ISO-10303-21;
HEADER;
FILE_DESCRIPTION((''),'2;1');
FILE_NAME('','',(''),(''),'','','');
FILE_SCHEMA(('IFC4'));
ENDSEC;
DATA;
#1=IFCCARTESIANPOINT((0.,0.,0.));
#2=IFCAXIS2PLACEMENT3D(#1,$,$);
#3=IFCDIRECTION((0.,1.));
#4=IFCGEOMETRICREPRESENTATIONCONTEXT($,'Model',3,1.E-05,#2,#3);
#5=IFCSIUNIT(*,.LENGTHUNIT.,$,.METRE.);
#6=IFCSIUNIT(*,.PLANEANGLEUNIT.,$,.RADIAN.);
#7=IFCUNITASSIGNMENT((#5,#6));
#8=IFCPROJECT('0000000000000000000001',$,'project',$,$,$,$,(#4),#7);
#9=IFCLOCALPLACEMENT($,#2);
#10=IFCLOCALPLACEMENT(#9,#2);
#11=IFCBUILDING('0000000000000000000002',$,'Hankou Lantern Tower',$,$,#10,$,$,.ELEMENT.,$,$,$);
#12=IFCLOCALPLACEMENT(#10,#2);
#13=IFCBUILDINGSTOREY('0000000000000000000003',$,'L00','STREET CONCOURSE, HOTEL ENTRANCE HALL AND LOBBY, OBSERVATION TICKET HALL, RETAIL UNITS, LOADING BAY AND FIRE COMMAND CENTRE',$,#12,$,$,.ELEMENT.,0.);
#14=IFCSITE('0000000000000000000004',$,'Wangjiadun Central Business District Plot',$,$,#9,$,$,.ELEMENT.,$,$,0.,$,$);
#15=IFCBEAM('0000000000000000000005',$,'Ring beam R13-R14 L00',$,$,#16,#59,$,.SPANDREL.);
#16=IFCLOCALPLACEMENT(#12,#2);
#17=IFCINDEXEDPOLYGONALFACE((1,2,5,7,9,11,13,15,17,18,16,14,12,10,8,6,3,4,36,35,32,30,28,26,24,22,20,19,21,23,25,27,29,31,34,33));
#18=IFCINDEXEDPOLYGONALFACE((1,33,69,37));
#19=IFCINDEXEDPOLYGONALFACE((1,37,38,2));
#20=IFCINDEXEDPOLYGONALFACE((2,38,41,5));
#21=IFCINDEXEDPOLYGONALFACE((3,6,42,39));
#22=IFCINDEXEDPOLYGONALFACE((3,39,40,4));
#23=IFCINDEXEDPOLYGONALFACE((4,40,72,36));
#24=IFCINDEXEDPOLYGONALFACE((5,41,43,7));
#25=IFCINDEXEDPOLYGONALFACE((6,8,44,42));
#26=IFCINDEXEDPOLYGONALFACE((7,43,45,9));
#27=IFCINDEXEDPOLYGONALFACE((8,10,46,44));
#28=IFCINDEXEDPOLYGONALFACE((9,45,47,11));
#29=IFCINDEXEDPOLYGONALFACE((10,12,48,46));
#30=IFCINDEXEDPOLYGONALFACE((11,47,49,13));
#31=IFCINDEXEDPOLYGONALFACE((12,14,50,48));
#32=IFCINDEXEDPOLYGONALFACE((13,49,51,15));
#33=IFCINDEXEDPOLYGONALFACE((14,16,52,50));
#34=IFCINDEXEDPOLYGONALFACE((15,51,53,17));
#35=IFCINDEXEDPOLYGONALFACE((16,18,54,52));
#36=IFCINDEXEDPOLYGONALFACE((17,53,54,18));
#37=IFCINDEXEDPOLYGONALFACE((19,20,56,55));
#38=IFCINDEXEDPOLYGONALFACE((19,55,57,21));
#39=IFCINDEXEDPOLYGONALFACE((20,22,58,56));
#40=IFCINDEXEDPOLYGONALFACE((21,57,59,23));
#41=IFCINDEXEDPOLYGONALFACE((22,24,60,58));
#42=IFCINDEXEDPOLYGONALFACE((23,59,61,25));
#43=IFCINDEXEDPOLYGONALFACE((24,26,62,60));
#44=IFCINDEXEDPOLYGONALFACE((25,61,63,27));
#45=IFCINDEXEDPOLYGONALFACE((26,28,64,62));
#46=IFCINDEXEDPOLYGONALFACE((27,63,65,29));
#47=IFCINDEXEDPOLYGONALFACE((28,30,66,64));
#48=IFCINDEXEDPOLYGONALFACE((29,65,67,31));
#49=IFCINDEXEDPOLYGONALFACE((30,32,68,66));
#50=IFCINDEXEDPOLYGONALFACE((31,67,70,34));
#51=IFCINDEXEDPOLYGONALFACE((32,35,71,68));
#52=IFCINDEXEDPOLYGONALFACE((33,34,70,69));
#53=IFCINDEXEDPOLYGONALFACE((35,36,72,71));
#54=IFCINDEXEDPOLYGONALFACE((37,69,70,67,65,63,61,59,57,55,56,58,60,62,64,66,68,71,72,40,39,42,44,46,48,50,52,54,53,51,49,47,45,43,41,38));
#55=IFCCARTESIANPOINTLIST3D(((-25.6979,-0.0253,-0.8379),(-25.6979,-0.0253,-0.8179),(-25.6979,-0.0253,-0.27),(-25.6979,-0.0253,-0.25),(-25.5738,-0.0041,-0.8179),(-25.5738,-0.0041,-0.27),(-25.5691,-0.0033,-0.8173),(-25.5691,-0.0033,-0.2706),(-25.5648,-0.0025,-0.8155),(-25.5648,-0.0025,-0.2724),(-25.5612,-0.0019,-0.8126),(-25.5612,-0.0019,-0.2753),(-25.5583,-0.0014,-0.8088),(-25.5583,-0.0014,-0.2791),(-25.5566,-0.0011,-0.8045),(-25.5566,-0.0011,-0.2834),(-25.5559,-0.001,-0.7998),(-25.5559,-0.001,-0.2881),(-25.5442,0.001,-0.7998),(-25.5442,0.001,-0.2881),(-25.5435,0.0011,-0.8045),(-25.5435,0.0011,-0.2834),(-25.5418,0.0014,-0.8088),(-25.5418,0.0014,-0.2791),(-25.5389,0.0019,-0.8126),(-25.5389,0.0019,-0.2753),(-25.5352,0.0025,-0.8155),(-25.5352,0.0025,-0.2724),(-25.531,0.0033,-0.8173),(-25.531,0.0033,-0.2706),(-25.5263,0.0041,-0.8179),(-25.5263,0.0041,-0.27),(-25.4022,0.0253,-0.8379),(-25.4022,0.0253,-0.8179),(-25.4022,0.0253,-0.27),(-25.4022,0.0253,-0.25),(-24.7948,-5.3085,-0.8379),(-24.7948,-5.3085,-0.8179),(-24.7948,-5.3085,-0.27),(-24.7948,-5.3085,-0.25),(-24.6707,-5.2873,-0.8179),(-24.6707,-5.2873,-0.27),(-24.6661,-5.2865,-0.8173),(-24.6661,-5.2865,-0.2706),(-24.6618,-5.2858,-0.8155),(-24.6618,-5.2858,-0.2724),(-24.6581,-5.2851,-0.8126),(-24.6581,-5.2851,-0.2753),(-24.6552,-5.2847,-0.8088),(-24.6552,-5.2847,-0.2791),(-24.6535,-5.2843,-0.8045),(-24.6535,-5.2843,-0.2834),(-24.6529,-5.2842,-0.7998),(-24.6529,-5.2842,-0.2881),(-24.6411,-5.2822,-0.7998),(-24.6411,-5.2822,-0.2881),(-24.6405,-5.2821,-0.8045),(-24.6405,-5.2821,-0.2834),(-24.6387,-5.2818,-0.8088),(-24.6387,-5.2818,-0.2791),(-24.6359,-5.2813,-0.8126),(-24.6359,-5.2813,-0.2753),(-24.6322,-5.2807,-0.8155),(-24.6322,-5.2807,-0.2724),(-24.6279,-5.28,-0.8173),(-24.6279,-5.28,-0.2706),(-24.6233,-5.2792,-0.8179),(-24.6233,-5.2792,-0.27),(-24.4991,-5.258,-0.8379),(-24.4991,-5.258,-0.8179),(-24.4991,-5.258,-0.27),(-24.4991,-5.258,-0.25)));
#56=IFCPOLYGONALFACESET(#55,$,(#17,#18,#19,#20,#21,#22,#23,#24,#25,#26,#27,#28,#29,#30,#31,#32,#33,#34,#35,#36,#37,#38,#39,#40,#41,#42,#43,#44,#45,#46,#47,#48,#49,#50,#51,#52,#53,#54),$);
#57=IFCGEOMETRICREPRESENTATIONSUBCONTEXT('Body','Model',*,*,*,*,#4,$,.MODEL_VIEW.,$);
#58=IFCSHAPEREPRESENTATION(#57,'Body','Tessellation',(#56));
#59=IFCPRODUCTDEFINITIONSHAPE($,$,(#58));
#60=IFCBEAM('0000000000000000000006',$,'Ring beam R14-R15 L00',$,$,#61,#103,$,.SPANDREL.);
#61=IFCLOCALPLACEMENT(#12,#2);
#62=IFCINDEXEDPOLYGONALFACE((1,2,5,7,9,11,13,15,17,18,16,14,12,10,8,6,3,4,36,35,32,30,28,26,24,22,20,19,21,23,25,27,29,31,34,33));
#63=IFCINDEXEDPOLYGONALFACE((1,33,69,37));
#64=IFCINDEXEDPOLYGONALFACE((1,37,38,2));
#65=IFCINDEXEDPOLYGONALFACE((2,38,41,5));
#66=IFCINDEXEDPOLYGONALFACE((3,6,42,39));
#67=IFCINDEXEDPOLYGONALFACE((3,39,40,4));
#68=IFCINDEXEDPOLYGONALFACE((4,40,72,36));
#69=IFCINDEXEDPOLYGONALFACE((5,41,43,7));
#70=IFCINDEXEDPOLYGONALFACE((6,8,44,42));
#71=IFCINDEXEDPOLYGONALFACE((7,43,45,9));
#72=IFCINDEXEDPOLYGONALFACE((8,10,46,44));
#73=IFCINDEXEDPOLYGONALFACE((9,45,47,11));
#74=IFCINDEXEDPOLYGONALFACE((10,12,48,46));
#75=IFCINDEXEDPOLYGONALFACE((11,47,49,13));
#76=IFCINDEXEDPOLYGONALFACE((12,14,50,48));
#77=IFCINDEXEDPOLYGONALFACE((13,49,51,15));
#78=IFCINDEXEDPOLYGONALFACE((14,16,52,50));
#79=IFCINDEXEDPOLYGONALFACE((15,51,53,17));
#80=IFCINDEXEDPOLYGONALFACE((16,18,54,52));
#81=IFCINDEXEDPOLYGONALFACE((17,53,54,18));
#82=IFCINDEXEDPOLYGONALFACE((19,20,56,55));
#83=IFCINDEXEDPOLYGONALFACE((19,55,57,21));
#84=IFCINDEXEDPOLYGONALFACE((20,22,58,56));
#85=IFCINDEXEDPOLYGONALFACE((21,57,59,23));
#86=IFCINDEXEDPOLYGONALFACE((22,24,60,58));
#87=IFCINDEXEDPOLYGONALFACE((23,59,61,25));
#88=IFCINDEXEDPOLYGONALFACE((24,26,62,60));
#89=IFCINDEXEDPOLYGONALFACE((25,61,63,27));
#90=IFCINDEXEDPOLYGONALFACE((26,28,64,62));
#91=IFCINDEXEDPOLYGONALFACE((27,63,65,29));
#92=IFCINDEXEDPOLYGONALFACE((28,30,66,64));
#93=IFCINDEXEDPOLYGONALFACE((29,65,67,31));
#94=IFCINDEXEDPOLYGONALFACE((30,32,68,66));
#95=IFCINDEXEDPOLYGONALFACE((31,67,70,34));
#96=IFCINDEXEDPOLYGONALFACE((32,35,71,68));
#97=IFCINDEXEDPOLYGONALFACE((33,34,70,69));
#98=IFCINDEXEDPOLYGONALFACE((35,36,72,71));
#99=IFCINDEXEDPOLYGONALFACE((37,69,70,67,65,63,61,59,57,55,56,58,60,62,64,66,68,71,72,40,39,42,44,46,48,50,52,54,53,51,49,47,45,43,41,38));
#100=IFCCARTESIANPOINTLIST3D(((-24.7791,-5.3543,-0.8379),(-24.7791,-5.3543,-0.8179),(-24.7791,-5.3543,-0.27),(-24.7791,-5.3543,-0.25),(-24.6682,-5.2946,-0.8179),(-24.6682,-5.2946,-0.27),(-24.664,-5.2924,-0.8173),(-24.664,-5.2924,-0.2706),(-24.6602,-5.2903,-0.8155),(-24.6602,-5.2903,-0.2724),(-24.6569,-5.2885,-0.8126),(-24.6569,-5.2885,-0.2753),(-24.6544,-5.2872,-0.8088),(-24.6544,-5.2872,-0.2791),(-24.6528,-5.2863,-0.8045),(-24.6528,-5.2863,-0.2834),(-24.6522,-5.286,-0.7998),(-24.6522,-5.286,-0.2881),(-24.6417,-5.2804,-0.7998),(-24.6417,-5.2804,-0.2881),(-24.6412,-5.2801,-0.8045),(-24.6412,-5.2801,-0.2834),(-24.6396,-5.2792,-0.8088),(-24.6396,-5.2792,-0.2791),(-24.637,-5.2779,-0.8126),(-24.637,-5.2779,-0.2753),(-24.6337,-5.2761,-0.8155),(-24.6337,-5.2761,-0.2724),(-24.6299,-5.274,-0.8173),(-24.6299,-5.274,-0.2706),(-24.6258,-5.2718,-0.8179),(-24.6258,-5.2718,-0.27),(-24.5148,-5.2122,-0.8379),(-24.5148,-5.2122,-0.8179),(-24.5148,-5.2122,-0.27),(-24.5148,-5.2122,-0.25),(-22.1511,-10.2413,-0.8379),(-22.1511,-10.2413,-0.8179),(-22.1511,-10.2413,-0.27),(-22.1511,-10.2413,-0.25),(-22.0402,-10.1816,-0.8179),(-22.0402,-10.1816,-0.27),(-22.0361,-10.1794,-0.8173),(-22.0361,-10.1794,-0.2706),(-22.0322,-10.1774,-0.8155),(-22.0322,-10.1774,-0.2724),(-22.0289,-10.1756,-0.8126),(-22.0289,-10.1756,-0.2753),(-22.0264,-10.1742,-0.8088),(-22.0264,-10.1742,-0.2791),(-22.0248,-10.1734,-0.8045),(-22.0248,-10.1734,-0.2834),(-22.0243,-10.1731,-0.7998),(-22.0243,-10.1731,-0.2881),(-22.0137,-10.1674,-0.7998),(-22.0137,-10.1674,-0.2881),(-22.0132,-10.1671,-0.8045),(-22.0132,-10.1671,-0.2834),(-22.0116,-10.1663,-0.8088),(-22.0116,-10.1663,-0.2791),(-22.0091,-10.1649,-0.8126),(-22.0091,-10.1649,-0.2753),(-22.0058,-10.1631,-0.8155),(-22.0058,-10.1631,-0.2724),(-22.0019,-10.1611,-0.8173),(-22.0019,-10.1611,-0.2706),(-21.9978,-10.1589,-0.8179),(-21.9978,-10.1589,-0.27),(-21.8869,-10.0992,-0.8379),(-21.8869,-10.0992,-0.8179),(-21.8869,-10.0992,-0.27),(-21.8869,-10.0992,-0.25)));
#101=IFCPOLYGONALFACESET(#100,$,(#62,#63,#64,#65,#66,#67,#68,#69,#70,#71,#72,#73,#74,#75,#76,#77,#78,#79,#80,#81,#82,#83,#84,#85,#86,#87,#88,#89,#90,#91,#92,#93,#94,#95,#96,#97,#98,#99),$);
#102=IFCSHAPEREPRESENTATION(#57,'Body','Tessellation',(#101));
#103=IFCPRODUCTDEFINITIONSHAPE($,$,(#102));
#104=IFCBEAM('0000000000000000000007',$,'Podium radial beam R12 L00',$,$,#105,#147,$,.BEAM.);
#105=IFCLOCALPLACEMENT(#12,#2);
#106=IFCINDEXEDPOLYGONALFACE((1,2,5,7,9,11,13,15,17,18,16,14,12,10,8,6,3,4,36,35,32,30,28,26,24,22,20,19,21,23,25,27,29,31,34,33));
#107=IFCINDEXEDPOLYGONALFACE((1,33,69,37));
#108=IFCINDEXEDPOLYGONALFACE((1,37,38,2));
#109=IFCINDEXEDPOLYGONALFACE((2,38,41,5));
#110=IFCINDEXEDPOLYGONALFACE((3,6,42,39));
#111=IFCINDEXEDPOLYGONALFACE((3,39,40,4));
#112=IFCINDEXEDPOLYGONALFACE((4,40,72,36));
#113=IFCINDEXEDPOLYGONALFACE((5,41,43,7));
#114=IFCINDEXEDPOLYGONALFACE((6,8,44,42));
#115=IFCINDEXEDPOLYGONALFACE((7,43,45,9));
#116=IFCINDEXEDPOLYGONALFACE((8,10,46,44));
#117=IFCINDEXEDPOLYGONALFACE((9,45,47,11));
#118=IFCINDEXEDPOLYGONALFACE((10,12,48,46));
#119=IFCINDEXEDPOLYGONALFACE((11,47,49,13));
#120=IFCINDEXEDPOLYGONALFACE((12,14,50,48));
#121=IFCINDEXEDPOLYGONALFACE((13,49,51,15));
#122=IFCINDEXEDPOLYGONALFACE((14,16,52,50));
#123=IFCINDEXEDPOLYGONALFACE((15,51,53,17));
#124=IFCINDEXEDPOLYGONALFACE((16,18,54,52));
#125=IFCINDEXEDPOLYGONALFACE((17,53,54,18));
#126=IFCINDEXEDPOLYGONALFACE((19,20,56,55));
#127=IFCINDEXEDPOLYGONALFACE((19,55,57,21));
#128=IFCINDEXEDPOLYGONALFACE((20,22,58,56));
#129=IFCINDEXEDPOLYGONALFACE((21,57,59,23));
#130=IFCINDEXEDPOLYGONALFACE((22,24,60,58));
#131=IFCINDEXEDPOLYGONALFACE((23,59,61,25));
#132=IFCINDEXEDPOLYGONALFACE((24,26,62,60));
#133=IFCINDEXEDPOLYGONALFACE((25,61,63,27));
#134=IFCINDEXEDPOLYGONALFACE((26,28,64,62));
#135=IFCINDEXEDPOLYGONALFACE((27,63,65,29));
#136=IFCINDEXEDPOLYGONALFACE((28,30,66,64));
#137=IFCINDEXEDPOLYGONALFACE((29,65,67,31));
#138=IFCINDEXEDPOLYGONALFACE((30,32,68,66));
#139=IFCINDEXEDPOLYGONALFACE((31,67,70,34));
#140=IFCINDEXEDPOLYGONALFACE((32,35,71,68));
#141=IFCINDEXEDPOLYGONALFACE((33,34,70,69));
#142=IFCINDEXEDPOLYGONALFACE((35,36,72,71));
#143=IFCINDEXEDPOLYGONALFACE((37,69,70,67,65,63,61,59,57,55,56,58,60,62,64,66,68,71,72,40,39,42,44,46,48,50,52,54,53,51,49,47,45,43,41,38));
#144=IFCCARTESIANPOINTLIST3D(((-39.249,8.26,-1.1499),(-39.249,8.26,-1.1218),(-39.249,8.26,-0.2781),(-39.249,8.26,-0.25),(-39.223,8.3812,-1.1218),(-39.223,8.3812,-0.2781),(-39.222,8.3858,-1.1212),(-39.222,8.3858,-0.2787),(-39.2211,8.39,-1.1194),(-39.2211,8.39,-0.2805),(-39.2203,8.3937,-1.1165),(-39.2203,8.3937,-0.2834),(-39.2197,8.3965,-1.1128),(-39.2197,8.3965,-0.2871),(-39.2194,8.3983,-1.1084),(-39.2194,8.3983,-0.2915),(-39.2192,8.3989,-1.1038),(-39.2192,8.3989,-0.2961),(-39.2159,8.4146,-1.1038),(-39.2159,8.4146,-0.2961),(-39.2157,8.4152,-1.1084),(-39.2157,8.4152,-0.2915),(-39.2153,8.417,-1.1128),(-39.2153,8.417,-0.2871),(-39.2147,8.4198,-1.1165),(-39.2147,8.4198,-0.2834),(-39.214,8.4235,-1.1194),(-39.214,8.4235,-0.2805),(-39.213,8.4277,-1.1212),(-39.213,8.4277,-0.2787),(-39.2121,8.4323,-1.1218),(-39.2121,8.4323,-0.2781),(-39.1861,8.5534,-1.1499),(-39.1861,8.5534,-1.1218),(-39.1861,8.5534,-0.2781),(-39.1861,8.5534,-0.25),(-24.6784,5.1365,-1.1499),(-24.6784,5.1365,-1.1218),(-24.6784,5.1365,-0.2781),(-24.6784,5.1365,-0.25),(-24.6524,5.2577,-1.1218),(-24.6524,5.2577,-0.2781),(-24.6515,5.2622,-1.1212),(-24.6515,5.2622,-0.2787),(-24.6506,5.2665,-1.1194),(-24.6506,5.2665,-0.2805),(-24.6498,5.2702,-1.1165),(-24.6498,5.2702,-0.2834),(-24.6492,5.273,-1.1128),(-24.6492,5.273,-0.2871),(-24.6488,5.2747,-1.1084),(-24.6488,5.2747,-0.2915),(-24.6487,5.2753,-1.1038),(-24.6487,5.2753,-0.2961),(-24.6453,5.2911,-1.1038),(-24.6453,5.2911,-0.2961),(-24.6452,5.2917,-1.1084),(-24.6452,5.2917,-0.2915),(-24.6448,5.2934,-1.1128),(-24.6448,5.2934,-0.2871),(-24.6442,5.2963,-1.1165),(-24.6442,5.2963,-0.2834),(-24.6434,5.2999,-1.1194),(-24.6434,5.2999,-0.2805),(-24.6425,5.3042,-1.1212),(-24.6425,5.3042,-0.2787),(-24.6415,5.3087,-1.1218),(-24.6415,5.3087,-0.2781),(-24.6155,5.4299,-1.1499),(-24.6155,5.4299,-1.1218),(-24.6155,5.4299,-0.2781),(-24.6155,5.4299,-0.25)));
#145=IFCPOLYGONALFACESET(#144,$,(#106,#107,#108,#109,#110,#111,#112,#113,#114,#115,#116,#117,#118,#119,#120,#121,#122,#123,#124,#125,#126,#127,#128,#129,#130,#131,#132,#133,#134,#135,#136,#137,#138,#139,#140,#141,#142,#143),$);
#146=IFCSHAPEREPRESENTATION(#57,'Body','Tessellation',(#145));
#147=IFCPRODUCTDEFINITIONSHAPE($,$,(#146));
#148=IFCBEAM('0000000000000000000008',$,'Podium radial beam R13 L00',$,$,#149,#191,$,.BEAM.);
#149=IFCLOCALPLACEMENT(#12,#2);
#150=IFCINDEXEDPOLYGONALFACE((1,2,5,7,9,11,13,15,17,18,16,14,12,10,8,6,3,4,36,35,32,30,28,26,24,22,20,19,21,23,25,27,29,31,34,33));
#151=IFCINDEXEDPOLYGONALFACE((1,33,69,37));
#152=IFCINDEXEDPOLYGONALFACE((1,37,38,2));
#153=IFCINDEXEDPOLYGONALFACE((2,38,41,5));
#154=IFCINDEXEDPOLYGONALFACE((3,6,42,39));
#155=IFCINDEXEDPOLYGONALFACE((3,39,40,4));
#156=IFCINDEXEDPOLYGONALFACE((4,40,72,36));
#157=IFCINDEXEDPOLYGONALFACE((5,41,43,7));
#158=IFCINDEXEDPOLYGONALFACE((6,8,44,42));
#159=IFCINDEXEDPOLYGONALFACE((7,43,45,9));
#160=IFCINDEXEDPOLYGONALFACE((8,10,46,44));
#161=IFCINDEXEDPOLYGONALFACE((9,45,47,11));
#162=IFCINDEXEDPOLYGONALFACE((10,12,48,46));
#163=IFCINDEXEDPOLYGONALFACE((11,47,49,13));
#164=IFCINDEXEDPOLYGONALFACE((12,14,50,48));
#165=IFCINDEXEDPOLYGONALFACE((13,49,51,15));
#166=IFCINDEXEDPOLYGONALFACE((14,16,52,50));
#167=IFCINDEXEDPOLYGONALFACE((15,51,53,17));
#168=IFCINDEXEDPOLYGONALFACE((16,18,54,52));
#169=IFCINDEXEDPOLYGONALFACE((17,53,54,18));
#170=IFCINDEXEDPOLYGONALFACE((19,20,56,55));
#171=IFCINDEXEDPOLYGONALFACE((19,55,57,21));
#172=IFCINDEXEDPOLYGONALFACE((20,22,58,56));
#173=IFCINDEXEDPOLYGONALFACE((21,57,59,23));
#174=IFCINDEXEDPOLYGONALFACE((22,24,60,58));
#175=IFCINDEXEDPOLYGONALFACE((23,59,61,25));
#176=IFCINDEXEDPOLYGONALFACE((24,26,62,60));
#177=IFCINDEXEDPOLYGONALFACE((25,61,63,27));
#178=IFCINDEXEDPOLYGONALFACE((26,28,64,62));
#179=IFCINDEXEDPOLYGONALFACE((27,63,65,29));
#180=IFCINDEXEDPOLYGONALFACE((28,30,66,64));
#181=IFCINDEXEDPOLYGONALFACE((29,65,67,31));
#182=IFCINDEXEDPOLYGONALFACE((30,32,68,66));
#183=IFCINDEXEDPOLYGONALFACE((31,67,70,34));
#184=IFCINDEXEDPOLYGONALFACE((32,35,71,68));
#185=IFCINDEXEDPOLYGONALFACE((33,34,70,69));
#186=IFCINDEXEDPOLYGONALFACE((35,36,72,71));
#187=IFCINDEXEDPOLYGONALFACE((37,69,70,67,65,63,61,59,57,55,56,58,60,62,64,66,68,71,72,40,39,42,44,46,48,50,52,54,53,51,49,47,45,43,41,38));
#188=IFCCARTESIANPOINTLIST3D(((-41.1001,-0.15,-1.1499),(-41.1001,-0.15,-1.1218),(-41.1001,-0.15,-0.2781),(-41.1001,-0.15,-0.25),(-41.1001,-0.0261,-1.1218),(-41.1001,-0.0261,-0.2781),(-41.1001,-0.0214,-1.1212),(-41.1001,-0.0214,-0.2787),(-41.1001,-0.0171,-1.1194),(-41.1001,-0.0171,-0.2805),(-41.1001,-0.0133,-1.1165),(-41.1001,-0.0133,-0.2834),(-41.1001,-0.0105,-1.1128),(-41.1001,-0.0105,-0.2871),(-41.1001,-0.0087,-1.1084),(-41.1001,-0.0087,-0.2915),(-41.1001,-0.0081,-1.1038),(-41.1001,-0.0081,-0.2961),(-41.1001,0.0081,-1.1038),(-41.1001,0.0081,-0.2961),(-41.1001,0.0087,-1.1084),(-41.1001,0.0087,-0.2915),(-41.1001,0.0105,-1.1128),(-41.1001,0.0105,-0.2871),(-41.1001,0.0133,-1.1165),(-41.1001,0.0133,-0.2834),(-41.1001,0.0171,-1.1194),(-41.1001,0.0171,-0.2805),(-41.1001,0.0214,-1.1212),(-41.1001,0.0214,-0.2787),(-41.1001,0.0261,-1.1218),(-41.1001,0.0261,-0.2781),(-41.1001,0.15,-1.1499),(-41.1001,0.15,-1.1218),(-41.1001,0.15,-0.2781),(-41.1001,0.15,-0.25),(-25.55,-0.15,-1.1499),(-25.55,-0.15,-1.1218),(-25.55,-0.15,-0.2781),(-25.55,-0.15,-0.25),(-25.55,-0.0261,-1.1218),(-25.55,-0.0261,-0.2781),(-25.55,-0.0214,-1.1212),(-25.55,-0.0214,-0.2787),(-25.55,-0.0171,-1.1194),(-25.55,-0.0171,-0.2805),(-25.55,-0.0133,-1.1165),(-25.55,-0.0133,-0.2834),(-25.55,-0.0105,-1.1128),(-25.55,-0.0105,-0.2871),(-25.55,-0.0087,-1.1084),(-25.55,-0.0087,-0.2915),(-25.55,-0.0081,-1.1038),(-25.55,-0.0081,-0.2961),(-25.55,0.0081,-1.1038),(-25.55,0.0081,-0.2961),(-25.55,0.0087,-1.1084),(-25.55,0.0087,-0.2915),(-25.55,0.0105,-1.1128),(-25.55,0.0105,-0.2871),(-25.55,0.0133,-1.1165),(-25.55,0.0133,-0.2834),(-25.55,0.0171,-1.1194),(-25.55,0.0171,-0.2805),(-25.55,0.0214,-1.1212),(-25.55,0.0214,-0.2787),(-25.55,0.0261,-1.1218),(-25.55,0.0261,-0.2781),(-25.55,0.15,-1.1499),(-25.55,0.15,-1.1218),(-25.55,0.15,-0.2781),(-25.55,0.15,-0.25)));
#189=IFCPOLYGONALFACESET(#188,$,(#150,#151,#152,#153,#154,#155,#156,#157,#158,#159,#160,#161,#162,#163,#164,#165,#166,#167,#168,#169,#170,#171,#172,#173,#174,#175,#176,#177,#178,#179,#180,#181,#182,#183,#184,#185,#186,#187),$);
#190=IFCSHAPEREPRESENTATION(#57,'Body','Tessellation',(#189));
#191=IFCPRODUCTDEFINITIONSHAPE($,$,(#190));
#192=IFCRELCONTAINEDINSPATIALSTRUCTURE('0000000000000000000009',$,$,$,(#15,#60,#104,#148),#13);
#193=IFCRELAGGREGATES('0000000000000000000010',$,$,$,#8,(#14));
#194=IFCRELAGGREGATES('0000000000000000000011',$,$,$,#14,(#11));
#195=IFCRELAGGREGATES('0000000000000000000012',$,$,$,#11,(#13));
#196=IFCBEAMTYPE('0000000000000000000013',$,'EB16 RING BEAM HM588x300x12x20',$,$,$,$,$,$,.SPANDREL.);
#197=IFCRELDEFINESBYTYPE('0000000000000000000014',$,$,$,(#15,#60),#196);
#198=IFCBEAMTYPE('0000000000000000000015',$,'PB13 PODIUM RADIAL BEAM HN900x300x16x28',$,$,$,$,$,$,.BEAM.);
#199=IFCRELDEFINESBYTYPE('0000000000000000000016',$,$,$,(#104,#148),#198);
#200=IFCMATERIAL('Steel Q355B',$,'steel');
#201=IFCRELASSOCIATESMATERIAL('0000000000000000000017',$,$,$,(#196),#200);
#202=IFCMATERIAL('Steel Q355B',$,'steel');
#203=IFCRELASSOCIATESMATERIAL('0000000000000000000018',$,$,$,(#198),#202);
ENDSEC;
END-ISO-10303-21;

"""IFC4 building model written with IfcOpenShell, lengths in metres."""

from ifc_helpers import new_model, si_unit, direction, frame, origin, origin_2d, place, context, subcontext, project, spatial, i_section, extrude, material, material_profile, profile_set, type_object, element, save


model = new_model("IFC4")

# Units and contexts
model_context = context("Model", 3, precision=1e-05, world=origin(), true_north=direction((0.0, 1.0)))
body_context = subcontext(model_context, "Body", "Model", "MODEL_VIEW")
ifc_project = project(units=[si_unit("LENGTHUNIT", "METRE"), si_unit("PLANEANGLEUNIT", "RADIAN")], contexts=[model_context])

# Site, building, storey
site_placement = place(None, origin())
site = spatial("IfcSite", under=ifc_project, at=site_placement, Name="Wangjiadun Central Business District Plot", CompositionType="ELEMENT", RefElevation=0.0)
building_placement = place(site_placement, origin())
building = spatial("IfcBuilding", under=site, at=building_placement, Name="Hankou Lantern Tower", CompositionType="ELEMENT")
storey_placement = place(building_placement, origin())
storey = spatial("IfcBuildingStorey", under=building, at=storey_placement, Name="L00", Description="STREET CONCOURSE, HOTEL ENTRANCE HALL AND LOBBY, OBSERVATION TICKET HALL, RETAIL UNITS, LOADING BAY AND FIRE COMMAND CENTRE", CompositionType="ELEMENT", Elevation=0.0)

# Beams
ifc_material_1 = material(Name="Steel Q355B", Category="steel")
ifc_material_profile_1 = material_profile(ifc_material_1, i_section(OverallWidth=0.3, OverallDepth=0.5879, WebThickness=0.012, FlangeThickness=0.02, FilletRadius=0.0181, at=origin_2d()), Name="HM588x300x12x20")
ifc_profile_set_1 = profile_set([ifc_material_profile_1], Name="Steel Q355B")
beam_type_1 = type_object("IfcBeamType", Name="EB16 RING BEAM HM588x300x12x20", PredefinedType="SPANDREL", material=ifc_profile_set_1)
for number, where, z_axis, x_axis, name in (
    (1, (-25.55, 0.0, -0.5439), (0.16849, -0.985703, 0.0), (0.985703, 0.16849, 0.0), "Ring beam R13-R14 L00"),
):
    element("IfcBeam", number, at=place(storey_placement, frame(where, z_axis=z_axis, x_axis=x_axis)), inside=storey, type_object=beam_type_1, Name=name, PredefinedType="SPANDREL", context=body_context, shape_type="SweptSolid", body=[
        extrude(i_section(OverallWidth=0.3, OverallDepth=0.5879, WebThickness=0.012, FlangeThickness=0.02, FilletRadius=0.0181, at=origin_2d()), origin(), (0.0, 0.0, 1.0), 5.3599),
    ])
beam_1_placement = place(storey_placement, frame((-24.647, -5.2832, -0.5439), z_axis=(0.473609, -0.880735, 0.0), x_axis=(0.880735, 0.473609, 0.0)))
element("IfcBeam", 2, at=beam_1_placement, inside=storey, type_object=beam_type_1, Name="Ring beam R14-R15 L00", PredefinedType="SPANDREL", context=body_context, shape_type="SweptSolid", body=[
    extrude(i_section(OverallWidth=0.3, OverallDepth=0.5879, WebThickness=0.012, FlangeThickness=0.02, FilletRadius=0.0181, at=origin_2d()), origin(), (0.0, 0.0, 1.0), 5.5488),
])
ifc_material_2 = material(Name="Steel Q355B", Category="steel")
ifc_material_profile_2 = material_profile(ifc_material_2, i_section(OverallWidth=0.3, OverallDepth=0.8999, WebThickness=0.0161, FlangeThickness=0.0281, FilletRadius=0.0181, at=origin_2d()), Name="HN900x300x16x28")
ifc_profile_set_2 = profile_set([ifc_material_profile_2], Name="Steel Q355B")
beam_type_2 = type_object("IfcBeamType", Name="PB13 PODIUM RADIAL BEAM HN900x300x16x28", PredefinedType="BEAM", material=ifc_profile_set_2)
beam_2_placement = place(storey_placement, frame((-24.647, 5.2832, -0.7), z_axis=(-0.977785, 0.209611, 0.0), x_axis=(-0.209611, -0.977785, 0.0)))
element("IfcBeam", 3, at=beam_2_placement, inside=storey, type_object=beam_type_2, Name="Podium radial beam R12 L00", PredefinedType="BEAM", context=body_context, shape_type="SweptSolid", body=[
    extrude(i_section(OverallWidth=0.3, OverallDepth=0.8999, WebThickness=0.0161, FlangeThickness=0.0281, FilletRadius=0.0181, at=origin_2d()), origin(), (0.0, 0.0, 1.0), 14.9016),
])
beam_3_placement = place(storey_placement, frame((-25.55, 0.0, -0.7), z_axis=(-1.0, 0.0, 0.0), x_axis=(0.0, -1.0, 0.0)))
element("IfcBeam", 4, at=beam_3_placement, inside=storey, type_object=beam_type_2, Name="Podium radial beam R13 L00", PredefinedType="BEAM", context=body_context, shape_type="SweptSolid", body=[
    extrude(i_section(OverallWidth=0.3, OverallDepth=0.8999, WebThickness=0.0161, FlangeThickness=0.0281, FilletRadius=0.0181, at=origin_2d()), origin(), (0.0, 0.0, 1.0), 15.55),
])

save(model, "model.ifc")
